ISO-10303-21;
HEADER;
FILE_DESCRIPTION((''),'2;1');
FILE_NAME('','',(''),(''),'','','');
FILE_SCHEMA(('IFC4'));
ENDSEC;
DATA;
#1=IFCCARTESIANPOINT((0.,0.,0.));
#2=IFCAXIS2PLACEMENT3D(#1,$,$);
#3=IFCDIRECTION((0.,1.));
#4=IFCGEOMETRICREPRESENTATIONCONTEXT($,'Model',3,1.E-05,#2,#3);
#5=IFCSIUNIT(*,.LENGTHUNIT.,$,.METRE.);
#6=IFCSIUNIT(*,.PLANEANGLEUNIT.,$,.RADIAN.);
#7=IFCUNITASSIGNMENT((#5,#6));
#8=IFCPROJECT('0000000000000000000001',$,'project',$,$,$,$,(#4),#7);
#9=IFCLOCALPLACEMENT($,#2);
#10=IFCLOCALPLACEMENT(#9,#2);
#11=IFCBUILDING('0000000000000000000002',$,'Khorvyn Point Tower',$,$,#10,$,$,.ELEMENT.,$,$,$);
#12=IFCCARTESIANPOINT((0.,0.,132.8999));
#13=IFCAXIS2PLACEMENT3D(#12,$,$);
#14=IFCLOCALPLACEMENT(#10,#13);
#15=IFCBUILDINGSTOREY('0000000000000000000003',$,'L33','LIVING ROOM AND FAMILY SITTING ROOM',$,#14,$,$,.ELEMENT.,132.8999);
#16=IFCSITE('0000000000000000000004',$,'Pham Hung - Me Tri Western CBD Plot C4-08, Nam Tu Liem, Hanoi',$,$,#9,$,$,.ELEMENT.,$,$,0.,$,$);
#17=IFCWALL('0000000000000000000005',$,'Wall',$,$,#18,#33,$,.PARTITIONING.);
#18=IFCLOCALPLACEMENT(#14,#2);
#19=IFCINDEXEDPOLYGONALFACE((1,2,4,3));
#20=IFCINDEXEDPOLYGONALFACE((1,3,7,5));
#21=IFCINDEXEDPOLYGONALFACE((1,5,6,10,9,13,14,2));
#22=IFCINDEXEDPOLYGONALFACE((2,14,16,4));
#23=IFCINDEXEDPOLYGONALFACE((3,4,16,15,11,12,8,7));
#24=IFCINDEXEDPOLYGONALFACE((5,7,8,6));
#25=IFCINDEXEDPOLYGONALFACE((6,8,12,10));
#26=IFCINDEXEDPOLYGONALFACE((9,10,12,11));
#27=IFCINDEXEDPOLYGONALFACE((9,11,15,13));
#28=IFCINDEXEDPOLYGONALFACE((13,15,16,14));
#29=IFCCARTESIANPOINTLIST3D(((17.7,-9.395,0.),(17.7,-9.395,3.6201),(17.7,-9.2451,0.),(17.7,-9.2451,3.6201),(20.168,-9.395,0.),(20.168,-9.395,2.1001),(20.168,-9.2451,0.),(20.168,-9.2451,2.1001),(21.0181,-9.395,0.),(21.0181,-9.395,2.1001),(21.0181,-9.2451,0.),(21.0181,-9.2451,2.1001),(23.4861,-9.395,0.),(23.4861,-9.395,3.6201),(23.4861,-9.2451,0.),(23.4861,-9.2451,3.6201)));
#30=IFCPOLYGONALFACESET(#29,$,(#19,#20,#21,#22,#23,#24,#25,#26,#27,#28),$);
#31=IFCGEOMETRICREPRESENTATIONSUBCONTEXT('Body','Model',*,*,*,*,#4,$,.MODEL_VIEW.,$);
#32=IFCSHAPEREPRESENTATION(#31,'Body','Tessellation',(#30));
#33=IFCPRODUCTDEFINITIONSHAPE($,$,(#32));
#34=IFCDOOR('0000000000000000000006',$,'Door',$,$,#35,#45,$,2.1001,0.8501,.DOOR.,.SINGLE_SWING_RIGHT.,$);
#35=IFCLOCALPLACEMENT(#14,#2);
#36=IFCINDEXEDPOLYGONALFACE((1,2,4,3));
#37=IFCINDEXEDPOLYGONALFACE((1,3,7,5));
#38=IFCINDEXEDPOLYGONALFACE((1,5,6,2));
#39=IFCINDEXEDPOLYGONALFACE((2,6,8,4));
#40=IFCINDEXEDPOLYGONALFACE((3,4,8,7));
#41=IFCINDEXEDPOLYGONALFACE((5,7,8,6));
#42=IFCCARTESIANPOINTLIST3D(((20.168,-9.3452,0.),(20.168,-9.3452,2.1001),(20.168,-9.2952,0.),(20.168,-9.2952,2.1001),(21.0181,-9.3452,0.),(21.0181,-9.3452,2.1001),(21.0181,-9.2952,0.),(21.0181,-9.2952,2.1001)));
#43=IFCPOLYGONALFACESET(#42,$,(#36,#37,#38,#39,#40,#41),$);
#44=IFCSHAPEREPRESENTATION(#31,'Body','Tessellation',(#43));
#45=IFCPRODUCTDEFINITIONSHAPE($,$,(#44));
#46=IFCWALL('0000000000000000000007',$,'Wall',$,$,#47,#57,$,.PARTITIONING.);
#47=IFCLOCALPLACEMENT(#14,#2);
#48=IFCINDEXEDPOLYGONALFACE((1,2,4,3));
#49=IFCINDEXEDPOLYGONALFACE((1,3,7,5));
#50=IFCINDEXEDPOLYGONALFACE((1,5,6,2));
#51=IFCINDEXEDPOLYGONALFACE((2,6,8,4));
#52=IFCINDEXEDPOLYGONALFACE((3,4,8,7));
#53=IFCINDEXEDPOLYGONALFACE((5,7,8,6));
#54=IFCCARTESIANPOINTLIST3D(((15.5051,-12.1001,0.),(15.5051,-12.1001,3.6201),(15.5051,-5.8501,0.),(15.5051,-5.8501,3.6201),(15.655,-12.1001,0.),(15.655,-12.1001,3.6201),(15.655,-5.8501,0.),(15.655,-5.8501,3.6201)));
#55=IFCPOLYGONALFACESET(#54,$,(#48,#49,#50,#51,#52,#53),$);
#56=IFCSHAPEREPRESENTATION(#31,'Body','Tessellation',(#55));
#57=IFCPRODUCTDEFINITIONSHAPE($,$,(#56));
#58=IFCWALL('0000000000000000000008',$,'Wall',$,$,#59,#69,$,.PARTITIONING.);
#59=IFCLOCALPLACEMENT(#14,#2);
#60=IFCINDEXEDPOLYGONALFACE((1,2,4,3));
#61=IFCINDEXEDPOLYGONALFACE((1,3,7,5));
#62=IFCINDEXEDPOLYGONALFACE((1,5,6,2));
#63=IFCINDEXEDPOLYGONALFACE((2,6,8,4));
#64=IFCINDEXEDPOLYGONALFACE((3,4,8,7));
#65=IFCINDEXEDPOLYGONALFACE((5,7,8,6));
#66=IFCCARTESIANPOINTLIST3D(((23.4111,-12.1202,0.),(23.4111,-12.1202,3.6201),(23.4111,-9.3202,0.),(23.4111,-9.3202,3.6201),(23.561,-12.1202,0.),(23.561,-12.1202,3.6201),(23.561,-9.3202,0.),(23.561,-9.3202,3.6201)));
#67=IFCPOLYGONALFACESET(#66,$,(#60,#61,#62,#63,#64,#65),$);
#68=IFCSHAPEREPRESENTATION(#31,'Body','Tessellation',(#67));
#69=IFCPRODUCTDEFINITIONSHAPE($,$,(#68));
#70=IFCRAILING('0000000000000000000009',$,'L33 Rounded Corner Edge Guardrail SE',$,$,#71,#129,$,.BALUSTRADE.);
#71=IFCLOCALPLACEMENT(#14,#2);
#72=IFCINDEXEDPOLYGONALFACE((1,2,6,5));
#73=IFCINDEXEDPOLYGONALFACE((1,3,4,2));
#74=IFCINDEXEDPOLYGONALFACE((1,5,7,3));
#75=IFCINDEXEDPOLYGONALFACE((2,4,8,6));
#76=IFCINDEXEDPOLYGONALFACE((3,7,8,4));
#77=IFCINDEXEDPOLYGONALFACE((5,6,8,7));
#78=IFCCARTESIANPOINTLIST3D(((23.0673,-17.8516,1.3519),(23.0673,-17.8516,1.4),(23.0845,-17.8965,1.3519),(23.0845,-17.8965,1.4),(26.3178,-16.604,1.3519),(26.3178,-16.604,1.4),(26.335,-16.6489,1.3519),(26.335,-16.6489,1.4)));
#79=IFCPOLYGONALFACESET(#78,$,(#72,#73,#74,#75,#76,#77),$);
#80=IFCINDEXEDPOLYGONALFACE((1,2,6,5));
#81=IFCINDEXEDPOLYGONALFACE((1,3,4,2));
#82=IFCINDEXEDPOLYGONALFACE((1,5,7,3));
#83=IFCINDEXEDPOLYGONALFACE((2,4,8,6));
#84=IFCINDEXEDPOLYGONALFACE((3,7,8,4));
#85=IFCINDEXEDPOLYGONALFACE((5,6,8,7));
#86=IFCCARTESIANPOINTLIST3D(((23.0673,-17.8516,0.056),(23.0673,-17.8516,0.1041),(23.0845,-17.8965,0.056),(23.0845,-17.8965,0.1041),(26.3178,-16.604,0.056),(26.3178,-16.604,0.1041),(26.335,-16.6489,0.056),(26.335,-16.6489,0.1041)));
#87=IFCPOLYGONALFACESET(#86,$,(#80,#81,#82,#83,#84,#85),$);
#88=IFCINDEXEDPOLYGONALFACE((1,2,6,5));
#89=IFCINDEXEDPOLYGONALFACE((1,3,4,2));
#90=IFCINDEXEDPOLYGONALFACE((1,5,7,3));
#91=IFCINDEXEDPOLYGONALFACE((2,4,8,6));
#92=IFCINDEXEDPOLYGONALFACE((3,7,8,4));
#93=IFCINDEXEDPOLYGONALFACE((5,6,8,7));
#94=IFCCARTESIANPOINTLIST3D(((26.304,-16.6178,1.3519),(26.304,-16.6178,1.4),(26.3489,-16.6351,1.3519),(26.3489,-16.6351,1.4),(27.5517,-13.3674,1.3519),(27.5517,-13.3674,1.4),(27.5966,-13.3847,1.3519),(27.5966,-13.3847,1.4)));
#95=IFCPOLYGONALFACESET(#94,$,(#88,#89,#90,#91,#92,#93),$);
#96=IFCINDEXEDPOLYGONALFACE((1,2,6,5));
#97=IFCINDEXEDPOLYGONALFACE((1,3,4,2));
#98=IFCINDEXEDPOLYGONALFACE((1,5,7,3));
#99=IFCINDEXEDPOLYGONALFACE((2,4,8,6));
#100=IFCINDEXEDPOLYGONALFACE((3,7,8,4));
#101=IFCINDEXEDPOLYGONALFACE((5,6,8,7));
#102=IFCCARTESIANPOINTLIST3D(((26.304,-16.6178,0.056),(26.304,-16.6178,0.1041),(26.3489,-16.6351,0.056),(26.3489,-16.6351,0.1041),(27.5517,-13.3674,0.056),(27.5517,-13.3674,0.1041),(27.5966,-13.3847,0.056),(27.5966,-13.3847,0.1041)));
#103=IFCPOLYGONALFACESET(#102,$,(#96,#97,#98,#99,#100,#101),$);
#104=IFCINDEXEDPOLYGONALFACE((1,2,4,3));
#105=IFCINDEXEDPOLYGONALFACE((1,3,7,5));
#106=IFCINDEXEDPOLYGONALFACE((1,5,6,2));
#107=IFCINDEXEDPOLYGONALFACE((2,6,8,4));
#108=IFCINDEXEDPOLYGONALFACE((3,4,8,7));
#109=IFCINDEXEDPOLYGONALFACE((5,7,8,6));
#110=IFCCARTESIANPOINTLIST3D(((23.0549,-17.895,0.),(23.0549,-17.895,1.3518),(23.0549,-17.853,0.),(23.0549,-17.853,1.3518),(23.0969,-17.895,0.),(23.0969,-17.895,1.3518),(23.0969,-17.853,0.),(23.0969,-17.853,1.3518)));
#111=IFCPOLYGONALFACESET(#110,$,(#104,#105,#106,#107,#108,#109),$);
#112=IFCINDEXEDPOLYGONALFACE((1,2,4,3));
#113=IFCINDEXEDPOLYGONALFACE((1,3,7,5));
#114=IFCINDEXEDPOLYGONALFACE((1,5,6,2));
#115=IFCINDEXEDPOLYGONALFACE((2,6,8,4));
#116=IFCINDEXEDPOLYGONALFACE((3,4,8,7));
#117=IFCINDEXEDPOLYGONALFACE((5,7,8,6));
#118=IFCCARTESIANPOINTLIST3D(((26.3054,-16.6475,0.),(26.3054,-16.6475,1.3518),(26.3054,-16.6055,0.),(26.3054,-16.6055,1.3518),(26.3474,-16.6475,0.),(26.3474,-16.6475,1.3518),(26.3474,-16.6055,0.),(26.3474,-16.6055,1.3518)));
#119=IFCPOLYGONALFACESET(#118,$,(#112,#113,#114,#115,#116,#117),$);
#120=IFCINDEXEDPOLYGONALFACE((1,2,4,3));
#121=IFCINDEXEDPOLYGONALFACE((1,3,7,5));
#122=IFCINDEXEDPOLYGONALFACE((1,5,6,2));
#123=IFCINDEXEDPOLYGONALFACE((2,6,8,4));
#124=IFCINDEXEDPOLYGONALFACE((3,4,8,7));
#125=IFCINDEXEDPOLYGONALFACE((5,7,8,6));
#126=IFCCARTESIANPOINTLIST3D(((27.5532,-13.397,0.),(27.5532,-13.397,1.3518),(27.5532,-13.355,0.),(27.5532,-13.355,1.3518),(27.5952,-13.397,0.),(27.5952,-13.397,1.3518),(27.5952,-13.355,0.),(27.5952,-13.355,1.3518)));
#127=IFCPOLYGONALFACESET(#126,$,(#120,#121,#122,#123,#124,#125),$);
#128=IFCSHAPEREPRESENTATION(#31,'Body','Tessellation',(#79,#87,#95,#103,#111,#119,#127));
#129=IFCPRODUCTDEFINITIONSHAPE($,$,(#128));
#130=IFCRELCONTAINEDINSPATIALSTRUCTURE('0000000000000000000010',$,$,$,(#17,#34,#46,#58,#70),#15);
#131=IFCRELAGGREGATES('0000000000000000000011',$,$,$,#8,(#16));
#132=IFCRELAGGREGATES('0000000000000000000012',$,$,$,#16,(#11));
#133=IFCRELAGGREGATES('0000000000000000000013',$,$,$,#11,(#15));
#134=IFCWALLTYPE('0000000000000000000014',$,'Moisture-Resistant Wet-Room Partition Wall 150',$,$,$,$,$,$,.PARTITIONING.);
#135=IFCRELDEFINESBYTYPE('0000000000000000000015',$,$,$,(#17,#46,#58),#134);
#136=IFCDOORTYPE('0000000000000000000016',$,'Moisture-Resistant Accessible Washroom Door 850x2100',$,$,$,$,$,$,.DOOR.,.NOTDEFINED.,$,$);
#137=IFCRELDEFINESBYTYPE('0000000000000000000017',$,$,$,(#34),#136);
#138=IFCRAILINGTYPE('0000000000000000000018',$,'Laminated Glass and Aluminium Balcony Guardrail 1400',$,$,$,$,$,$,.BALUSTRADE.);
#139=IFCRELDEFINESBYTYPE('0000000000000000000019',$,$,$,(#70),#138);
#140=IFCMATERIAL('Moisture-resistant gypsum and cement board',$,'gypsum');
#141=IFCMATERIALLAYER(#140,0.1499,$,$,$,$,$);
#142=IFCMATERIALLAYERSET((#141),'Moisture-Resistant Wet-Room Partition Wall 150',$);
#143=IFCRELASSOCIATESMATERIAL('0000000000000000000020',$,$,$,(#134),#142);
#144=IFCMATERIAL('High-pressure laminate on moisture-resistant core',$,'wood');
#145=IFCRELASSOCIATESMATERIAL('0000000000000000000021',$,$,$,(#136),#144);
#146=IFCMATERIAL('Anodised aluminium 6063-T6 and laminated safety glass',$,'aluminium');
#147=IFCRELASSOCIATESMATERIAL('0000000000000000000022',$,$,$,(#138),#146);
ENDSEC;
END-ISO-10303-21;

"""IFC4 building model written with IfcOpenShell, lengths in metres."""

from ifc_helpers import new_model, si_unit, direction, frame, frame_2d, origin, origin_2d, place, context, subcontext, project, spatial, rectangle, extrude, material, layer, layer_set, type_object, element, fill, save


model = new_model("IFC4")

# Units and contexts
model_context = context("Model", 3, precision=1e-05, world=origin(), true_north=direction((0.0, 1.0)))
body_context = subcontext(model_context, "Body", "Model", "MODEL_VIEW")
ifc_project = project(units=[si_unit("LENGTHUNIT", "METRE"), si_unit("PLANEANGLEUNIT", "RADIAN")], contexts=[model_context])

# Site, building, storey
site_placement = place(None, origin())
site = spatial("IfcSite", under=ifc_project, at=site_placement, Name="Pham Hung - Me Tri Western CBD Plot C4-08, Nam Tu Liem, Hanoi", CompositionType="ELEMENT", RefElevation=0.0)
building_placement = place(site_placement, origin())
building = spatial("IfcBuilding", under=site, at=building_placement, Name="Khorvyn Point Tower", CompositionType="ELEMENT")
storey_placement = place(building_placement, frame((0.0, 0.0, 132.8999)))
storey = spatial("IfcBuildingStorey", under=building, at=storey_placement, Name="L33", Description="LIVING ROOM AND FAMILY SITTING ROOM", CompositionType="ELEMENT", Elevation=132.8999)

# Wall, opening, door
ifc_material_1 = material(Name="Moisture-resistant gypsum and cement board", Category="gypsum")
ifc_layer_1 = layer(ifc_material_1, 0.1499)
ifc_layer_set_1 = layer_set([ifc_layer_1], Name="Moisture-Resistant Wet-Room Partition Wall 150")
wall_type_1 = type_object("IfcWallType", Name="Moisture-Resistant Wet-Room Partition Wall 150", PredefinedType="PARTITIONING", material=ifc_layer_set_1)
wall_1_placement = place(storey_placement, frame((17.7, -9.3201, 0.0), z_axis=(0.0, 0.0, 1.0), x_axis=(1.0, 0.0, 0.0)))
wall_1 = element("IfcWall", 1, at=wall_1_placement, inside=storey, type_object=wall_type_1, Name="Wall", PredefinedType="PARTITIONING", context=body_context, shape_type="SweptSolid", body=[
    extrude(rectangle(XDim=5.7861, YDim=0.1499, at=frame_2d((2.8931, 0.0))), origin(), (0.0, 0.0, 1.0), 3.6201),
])
opening_1_placement = place(wall_1_placement, frame((2.468, 0.0, 0.0)))
opening_1 = element("IfcOpeningElement", 2, at=opening_1_placement, cuts=wall_1, PredefinedType="OPENING", context=body_context, shape_type="SweptSolid", body=[
    extrude(rectangle(XDim=0.8501, YDim=2.1001, at=frame_2d((0.425, 1.05))), frame((0.0, 0.085, 0.0), z_axis=(0.0, -1.0, 0.0), x_axis=(1.0, 0.0, 0.0)), (0.0, 0.0, 1.0), 0.1699),
])
ifc_material_2 = material(Name="High-pressure laminate on moisture-resistant core", Category="wood")
door_type_1 = type_object("IfcDoorType", Name="Moisture-Resistant Accessible Washroom Door 850x2100", OperationType="NOTDEFINED", PredefinedType="DOOR", material=ifc_material_2)
door_1_placement = place(opening_1_placement, origin())
door_1 = element("IfcDoor", 3, at=door_1_placement, inside=storey, type_object=door_type_1, Name="Door", OperationType="SINGLE_SWING_RIGHT", OverallHeight=2.1001, OverallWidth=0.8501, PredefinedType="DOOR", context=body_context, shape_type="SweptSolid", body=[
    extrude(rectangle(XDim=0.8501, YDim=2.1001, at=frame_2d((0.425, 1.05))), frame((0.0, 0.0249, 0.0), z_axis=(0.0, -1.0, 0.0), x_axis=(1.0, 0.0, 0.0)), (0.0, 0.0, 1.0), 0.05),
])
fill(opening_1, door_1)

# Walls
wall_2_placement = place(storey_placement, frame((15.5801, -12.1001, 0.0), z_axis=(0.0, 0.0, 1.0), x_axis=(0.0, 1.0, 0.0)))
element("IfcWall", 4, at=wall_2_placement, inside=storey, type_object=wall_type_1, Name="Wall", PredefinedType="PARTITIONING", context=body_context, shape_type="SweptSolid", body=[
    extrude(rectangle(XDim=6.25, YDim=0.1499, at=frame_2d((3.125, 0.0))), origin(), (0.0, 0.0, 1.0), 3.6201),
])
wall_3_placement = place(storey_placement, frame((23.4861, -12.1201, 0.0), z_axis=(0.0, 0.0, 1.0), x_axis=(0.0, 1.0, 0.0)))
element("IfcWall", 5, at=wall_3_placement, inside=storey, type_object=wall_type_1, Name="Wall", PredefinedType="PARTITIONING", context=body_context, shape_type="SweptSolid", body=[
    extrude(rectangle(XDim=2.8, YDim=0.1499, at=frame_2d((1.3999, 0.0))), origin(), (0.0, 0.0, 1.0), 3.6201),
])

# Railing
ifc_material_3 = material(Name="Anodised aluminium 6063-T6 and laminated safety glass", Category="aluminium")
railing_type = type_object("IfcRailingType", Name="Laminated Glass and Aluminium Balcony Guardrail 1400", PredefinedType="BALUSTRADE", material=ifc_material_3)
railing_placement = place(storey_placement, frame((23.0759, -17.874, 0.0)))
element("IfcRailing", 6, at=railing_placement, inside=storey, type_object=railing_type, Name="L33 Rounded Corner Edge Guardrail SE", PredefinedType="BALUSTRADE", context=body_context, shape_type="SweptSolid", body=[
    extrude(rectangle(XDim=0.0481, YDim=0.0481, at=origin_2d()), frame((0.0, 0.0, 1.376), z_axis=(0.933598, 0.358321, 0.0), x_axis=(-0.358321, 0.933598, 0.0)), (0.0, 0.0, 1.0), 3.4817),
    extrude(rectangle(XDim=0.0481, YDim=0.0481, at=origin_2d()), frame((0.0, 0.0, 0.0801), z_axis=(0.933598, 0.358321, 0.0), x_axis=(-0.358321, 0.933598, 0.0)), (0.0, 0.0, 1.0), 3.4817),
    extrude(rectangle(XDim=0.0481, YDim=0.0481, at=origin_2d()), frame((3.2505, 1.2476, 1.376), z_axis=(0.358382, 0.933575, 0.0), x_axis=(-0.933575, 0.358382, 0.0)), (0.0, 0.0, 1.0), 3.4817),
    extrude(rectangle(XDim=0.0481, YDim=0.0481, at=origin_2d()), frame((3.2505, 1.2476, 0.0801), z_axis=(0.358382, 0.933575, 0.0), x_axis=(-0.933575, 0.358382, 0.0)), (0.0, 0.0, 1.0), 3.4817),
    extrude(rectangle(XDim=0.042, YDim=0.042, at=origin_2d()), origin(), (0.0, 0.0, 1.0), 1.3518),
    extrude(rectangle(XDim=0.042, YDim=0.042, at=origin_2d()), frame((3.2505, 1.2476, 0.0)), (0.0, 0.0, 1.0), 1.3518),
    extrude(rectangle(XDim=0.042, YDim=0.042, at=origin_2d()), frame((4.4983, 4.498, 0.0)), (0.0, 0.0, 1.0), 1.3518),
])

save(model, "model.ifc")
